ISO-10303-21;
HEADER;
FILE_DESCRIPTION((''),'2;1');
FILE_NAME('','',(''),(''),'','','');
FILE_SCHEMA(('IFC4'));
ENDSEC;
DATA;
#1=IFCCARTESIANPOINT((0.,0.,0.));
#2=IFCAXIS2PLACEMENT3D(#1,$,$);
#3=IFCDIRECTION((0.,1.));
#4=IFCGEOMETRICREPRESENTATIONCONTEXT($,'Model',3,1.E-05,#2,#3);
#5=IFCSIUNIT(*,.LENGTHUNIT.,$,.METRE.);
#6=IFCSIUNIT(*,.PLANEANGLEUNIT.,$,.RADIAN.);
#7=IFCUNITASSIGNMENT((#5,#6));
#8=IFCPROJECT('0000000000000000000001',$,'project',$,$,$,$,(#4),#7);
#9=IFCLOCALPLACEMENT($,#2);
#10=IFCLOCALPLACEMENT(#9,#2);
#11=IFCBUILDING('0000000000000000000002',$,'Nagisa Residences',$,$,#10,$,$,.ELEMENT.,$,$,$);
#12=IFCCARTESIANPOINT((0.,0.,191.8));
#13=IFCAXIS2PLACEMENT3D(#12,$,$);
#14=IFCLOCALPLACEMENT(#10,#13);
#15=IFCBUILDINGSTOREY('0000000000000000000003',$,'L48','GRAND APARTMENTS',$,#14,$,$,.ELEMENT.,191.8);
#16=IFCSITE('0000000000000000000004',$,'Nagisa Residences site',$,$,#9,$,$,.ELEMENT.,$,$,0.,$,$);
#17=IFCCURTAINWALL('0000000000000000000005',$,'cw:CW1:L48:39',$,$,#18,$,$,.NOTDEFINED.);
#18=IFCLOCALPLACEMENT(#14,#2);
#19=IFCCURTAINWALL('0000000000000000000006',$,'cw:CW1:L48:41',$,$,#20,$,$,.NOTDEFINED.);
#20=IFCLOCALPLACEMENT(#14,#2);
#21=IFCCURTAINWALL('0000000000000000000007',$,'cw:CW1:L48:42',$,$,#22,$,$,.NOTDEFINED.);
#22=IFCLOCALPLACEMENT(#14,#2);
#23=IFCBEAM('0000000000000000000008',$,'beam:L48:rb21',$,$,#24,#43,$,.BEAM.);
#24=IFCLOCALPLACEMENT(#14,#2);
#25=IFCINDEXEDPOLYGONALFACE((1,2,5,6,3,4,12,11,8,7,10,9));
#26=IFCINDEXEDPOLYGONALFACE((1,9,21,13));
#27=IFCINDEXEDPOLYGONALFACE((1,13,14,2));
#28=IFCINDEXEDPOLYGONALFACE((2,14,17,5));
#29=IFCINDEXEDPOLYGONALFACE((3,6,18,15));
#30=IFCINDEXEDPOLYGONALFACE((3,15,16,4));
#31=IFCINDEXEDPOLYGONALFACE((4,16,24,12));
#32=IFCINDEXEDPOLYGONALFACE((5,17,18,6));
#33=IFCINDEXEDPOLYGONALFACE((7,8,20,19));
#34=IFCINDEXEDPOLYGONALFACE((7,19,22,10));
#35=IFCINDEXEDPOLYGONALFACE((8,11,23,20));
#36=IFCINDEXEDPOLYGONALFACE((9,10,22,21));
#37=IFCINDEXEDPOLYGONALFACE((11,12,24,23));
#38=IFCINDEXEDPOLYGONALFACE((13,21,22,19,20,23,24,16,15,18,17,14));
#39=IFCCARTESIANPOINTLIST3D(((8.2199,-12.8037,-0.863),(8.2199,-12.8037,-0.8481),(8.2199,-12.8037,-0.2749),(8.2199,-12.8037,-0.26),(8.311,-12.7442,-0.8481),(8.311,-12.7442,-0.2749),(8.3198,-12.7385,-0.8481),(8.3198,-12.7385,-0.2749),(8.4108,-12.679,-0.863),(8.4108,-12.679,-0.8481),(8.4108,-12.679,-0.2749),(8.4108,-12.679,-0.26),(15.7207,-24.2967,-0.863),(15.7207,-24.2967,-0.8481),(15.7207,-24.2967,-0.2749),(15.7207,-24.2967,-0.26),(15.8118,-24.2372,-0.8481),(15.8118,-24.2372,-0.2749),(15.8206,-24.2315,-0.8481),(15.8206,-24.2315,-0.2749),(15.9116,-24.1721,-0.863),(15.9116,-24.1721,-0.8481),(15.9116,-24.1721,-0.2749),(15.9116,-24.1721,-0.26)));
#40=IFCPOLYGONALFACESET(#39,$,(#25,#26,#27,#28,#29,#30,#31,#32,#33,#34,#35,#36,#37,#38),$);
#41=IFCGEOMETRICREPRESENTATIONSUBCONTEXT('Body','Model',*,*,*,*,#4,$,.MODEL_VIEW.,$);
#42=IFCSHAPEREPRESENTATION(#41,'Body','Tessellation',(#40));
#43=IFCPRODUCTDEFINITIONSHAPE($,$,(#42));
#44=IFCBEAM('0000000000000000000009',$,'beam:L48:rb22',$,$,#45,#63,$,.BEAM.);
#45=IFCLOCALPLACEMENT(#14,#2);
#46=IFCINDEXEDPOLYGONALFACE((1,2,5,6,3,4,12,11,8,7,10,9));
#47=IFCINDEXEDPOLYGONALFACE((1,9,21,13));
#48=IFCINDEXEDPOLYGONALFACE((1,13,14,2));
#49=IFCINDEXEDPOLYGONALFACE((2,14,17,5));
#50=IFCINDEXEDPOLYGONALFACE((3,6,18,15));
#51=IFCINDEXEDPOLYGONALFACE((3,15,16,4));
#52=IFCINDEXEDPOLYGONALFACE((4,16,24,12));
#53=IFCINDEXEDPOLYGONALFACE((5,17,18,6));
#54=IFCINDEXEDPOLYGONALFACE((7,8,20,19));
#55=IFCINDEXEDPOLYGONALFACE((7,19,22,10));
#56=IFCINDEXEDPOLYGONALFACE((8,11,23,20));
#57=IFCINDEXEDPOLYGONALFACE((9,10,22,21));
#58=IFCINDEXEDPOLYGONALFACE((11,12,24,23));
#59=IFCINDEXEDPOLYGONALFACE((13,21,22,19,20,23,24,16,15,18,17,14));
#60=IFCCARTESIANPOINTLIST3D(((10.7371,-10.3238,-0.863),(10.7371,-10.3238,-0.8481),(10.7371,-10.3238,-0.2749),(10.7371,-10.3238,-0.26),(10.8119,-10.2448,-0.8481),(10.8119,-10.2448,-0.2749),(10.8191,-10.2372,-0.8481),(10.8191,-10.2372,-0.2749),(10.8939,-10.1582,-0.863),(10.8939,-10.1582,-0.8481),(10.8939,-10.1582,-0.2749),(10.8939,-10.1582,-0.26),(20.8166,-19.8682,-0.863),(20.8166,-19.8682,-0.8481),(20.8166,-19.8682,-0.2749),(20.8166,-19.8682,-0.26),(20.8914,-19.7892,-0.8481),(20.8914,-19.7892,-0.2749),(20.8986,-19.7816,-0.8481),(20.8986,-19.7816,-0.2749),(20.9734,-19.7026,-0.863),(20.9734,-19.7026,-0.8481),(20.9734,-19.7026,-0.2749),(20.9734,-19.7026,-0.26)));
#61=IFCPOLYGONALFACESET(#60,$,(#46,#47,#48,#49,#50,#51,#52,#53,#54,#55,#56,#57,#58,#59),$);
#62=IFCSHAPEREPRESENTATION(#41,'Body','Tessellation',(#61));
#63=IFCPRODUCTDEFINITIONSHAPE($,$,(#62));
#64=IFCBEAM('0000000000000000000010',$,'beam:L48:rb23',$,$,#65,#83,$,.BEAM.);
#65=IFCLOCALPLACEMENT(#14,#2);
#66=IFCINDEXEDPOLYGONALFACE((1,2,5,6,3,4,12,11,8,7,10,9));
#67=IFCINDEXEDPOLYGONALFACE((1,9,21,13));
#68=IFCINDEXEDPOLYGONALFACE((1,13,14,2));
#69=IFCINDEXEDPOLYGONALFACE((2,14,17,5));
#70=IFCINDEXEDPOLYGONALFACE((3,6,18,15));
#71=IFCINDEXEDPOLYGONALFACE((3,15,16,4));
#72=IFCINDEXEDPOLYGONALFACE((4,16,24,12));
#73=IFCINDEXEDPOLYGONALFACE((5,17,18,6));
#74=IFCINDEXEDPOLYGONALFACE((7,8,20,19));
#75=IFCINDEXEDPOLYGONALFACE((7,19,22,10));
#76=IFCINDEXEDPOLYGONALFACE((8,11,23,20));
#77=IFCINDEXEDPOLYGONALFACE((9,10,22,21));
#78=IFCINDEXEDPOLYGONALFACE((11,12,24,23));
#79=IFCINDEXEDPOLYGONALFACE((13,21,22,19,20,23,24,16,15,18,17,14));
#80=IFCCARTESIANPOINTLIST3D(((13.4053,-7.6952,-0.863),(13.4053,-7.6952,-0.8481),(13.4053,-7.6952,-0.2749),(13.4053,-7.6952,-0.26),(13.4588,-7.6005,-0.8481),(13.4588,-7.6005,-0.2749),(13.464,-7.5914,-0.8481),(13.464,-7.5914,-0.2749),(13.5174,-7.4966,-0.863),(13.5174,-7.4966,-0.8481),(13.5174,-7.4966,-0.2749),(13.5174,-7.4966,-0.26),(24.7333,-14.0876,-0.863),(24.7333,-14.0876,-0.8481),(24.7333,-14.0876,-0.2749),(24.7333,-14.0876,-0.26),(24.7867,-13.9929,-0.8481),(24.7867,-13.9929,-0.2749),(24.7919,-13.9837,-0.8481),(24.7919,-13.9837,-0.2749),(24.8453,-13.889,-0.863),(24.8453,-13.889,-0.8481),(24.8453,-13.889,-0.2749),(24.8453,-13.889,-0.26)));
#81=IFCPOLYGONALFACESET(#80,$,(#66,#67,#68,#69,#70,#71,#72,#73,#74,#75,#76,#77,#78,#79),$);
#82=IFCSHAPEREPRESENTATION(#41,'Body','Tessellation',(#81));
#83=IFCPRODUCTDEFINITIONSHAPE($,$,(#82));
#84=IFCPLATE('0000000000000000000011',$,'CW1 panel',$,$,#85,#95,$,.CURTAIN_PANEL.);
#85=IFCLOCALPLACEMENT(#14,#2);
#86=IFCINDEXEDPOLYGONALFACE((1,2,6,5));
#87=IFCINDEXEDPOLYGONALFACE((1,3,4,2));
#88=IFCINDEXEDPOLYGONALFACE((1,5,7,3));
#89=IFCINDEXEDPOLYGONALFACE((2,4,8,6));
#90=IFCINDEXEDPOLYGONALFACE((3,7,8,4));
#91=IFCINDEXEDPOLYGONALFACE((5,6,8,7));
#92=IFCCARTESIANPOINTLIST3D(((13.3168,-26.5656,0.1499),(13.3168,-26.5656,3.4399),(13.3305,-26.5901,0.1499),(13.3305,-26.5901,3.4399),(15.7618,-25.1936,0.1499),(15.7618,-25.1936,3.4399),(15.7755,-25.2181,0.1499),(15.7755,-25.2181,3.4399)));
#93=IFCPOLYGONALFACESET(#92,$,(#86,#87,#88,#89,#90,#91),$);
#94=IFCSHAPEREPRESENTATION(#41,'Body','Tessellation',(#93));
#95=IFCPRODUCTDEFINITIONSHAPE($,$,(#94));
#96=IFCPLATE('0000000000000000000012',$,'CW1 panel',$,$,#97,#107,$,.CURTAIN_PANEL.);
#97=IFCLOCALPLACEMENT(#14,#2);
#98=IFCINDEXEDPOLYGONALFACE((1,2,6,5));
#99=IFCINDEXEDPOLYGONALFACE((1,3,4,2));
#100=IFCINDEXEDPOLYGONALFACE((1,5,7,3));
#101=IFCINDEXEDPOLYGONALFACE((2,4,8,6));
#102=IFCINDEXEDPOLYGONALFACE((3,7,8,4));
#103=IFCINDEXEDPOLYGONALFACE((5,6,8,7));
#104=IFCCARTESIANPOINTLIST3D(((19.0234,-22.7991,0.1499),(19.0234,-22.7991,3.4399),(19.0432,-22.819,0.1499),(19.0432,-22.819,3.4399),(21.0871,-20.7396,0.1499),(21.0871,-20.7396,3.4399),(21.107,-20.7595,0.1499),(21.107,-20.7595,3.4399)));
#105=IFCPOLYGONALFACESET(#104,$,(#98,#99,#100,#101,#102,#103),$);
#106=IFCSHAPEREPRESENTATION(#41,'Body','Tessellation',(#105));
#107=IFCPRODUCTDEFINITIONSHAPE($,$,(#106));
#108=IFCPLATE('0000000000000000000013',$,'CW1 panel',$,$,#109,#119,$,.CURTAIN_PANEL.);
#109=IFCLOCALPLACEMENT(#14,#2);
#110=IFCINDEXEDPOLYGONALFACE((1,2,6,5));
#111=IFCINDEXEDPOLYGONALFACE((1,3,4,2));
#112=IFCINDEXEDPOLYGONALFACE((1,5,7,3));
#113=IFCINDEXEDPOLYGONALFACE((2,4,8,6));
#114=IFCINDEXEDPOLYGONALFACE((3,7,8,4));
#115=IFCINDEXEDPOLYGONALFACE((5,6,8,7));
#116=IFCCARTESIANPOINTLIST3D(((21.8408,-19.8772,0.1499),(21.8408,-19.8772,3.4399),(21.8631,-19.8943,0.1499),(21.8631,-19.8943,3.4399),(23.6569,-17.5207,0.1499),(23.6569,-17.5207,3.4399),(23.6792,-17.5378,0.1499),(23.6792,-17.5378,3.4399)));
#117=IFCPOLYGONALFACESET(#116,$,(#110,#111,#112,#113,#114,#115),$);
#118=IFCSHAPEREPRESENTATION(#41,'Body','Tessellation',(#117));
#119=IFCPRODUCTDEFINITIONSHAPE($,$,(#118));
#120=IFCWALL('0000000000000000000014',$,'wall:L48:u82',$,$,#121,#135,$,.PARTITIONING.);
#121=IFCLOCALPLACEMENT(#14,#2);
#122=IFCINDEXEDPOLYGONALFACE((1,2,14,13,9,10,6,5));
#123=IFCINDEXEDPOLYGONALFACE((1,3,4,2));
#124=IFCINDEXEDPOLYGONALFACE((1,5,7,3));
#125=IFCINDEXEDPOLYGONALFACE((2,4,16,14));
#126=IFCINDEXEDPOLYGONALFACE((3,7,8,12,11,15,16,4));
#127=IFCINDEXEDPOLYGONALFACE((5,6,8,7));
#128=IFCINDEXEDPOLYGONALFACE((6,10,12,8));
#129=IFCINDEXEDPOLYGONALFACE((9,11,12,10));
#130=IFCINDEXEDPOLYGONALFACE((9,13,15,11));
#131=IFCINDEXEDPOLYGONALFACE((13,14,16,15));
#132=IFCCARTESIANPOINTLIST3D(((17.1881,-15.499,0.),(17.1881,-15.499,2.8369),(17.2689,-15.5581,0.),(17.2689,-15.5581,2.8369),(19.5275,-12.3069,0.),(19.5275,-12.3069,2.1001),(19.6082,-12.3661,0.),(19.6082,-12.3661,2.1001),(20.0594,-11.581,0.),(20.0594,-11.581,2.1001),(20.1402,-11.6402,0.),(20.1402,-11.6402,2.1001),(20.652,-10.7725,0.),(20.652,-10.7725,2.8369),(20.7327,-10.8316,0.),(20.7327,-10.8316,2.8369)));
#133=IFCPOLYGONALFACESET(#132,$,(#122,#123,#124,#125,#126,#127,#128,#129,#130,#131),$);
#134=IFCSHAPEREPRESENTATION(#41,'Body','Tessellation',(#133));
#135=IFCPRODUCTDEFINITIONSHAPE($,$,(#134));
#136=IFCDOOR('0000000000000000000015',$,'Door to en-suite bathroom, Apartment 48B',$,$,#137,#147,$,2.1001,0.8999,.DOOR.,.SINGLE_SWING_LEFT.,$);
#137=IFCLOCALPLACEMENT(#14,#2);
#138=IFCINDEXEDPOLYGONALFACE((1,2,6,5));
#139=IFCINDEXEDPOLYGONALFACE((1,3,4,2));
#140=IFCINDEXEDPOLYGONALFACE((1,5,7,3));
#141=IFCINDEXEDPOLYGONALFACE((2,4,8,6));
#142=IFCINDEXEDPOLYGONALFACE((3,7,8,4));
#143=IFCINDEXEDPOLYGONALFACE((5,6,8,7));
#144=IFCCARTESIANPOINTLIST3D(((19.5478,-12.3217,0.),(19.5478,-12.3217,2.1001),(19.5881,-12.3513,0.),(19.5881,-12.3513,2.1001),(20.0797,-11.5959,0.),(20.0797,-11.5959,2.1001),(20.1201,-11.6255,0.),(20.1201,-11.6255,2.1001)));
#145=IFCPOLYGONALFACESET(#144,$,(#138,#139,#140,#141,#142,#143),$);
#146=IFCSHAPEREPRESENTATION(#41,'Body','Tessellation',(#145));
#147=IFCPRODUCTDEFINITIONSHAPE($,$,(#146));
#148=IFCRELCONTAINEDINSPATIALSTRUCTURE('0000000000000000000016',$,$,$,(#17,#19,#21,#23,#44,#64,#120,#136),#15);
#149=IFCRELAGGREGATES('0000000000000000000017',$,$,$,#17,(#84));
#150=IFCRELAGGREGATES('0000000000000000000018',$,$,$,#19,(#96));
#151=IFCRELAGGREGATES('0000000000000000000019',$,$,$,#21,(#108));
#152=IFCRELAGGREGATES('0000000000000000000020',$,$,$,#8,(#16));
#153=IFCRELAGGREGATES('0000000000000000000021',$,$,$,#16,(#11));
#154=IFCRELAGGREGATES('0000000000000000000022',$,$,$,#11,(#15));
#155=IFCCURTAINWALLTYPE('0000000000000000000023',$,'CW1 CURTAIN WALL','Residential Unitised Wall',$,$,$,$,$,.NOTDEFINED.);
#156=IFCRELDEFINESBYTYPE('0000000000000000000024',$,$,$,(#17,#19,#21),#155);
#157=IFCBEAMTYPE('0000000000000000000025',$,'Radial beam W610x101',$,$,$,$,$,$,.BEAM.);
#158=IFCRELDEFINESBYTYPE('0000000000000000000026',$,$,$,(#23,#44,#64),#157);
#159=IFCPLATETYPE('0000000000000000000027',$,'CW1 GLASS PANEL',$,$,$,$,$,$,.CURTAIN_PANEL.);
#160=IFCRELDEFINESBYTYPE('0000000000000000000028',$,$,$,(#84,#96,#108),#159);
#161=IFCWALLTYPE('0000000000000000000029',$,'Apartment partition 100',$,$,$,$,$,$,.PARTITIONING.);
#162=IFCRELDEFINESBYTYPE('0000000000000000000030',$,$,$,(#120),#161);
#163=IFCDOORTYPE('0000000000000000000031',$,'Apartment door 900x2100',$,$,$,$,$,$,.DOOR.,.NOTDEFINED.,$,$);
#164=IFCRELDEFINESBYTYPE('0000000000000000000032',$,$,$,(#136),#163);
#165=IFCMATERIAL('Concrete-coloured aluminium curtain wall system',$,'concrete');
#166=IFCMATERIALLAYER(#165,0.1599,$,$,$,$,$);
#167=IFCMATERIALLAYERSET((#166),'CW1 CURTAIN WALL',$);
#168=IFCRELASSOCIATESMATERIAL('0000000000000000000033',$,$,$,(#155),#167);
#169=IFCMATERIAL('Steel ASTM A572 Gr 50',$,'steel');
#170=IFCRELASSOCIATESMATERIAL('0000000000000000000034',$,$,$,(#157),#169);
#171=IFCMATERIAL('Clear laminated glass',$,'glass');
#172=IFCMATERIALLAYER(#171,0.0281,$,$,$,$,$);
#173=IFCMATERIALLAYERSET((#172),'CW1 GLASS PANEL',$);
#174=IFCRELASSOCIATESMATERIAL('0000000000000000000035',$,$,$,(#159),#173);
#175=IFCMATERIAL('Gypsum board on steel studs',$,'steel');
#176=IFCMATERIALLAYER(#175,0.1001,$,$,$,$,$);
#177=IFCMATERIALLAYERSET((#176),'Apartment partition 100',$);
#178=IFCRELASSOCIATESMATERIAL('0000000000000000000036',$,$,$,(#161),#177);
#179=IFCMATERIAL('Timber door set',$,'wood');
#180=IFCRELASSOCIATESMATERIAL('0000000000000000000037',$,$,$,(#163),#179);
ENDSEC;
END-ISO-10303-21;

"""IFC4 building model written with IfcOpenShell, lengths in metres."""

from ifc_helpers import new_model, si_unit, direction, frame, frame_2d, origin, origin_2d, place, context, subcontext, project, spatial, rectangle, i_section, extrude, material, layer, layer_set, material_profile, profile_set, type_object, element, fill, aggregate, save


model = new_model("IFC4")

# Units and contexts
model_context = context("Model", 3, precision=1e-05, world=origin(), true_north=direction((0.0, 1.0)))
body_context = subcontext(model_context, "Body", "Model", "MODEL_VIEW")
ifc_project = project(units=[si_unit("LENGTHUNIT", "METRE"), si_unit("PLANEANGLEUNIT", "RADIAN")], contexts=[model_context])

# Site, building, storey
site_placement = place(None, origin())
site = spatial("IfcSite", under=ifc_project, at=site_placement, Name="Nagisa Residences site", CompositionType="ELEMENT", RefElevation=0.0)
building_placement = place(site_placement, origin())
building = spatial("IfcBuilding", under=site, at=building_placement, Name="Nagisa Residences", CompositionType="ELEMENT")
storey_placement = place(building_placement, frame((0.0, 0.0, 191.8)))
storey = spatial("IfcBuildingStorey", under=building, at=storey_placement, Name="L48", Description="GRAND APARTMENTS", CompositionType="ELEMENT", Elevation=191.8)

# Curtain walls
ifc_material_1 = material(Name="Concrete-coloured aluminium curtain wall system", Category="concrete")
ifc_layer_1 = layer(ifc_material_1, 0.1599)
ifc_layer_set_1 = layer_set([ifc_layer_1], Name="CW1 CURTAIN WALL")
curtain_wall_type = type_object("IfcCurtainWallType", Name="CW1 CURTAIN WALL", Description="Residential Unitised Wall", PredefinedType="NOTDEFINED", material=ifc_layer_set_1)
curtain_wall_1_placement = place(storey_placement, origin())
curtain_wall_1 = element("IfcCurtainWall", 1, at=curtain_wall_1_placement, inside=storey, type_object=curtain_wall_type, Name="cw:CW1:L48:39", PredefinedType="NOTDEFINED")
curtain_wall_2_placement = place(storey_placement, origin())
curtain_wall_2 = element("IfcCurtainWall", 2, at=curtain_wall_2_placement, inside=storey, type_object=curtain_wall_type, Name="cw:CW1:L48:41", PredefinedType="NOTDEFINED")
curtain_wall_3_placement = place(storey_placement, origin())
curtain_wall_3 = element("IfcCurtainWall", 3, at=curtain_wall_3_placement, inside=storey, type_object=curtain_wall_type, Name="cw:CW1:L48:42", PredefinedType="NOTDEFINED")

# Beams
ifc_material_2 = material(Name="Steel ASTM A572 Gr 50", Category="steel")
ifc_material_profile_1 = material_profile(ifc_material_2, i_section(OverallWidth=0.228, OverallDepth=0.603, WebThickness=0.0105, FlangeThickness=0.0149, at=origin_2d()), Name="W610x101")
ifc_profile_set_1 = profile_set([ifc_material_profile_1], Name="Steel ASTM A572 Gr 50")
beam_type_1 = type_object("IfcBeamType", Name="Radial beam W610x101", PredefinedType="BEAM", material=ifc_profile_set_1)
beam_1_placement = place(storey_placement, frame((15.8162, -24.2344, -0.5615), z_axis=(-0.546541, 0.837432, 0.0), x_axis=(-0.837432, -0.546541, 0.0)))
element("IfcBeam", 4, at=beam_1_placement, inside=storey, type_object=beam_type_1, Name="beam:L48:rb21", PredefinedType="BEAM", context=body_context, shape_type="SweptSolid", body=[
    extrude(i_section(OverallWidth=0.228, OverallDepth=0.603, WebThickness=0.0105, FlangeThickness=0.0149, at=origin_2d()), origin(), (0.0, 0.0, 1.0), 13.7241),
])
beam_2_placement = place(storey_placement, frame((20.895, -19.7854, -0.5615), z_axis=(-0.72612, 0.687568, 0.0), x_axis=(-0.687568, -0.72612, 0.0)))
element("IfcBeam", 5, at=beam_2_placement, inside=storey, type_object=beam_type_1, Name="beam:L48:rb22", PredefinedType="BEAM", context=body_context, shape_type="SweptSolid", body=[
    extrude(i_section(OverallWidth=0.228, OverallDepth=0.603, WebThickness=0.0105, FlangeThickness=0.0149, at=origin_2d()), origin(), (0.0, 0.0, 1.0), 13.8813),
])
beam_3_placement = place(storey_placement, frame((24.7893, -13.9883, -0.5615), z_axis=(-0.870905, 0.491452, 0.0), x_axis=(-0.491452, -0.870905, 0.0)))
element("IfcBeam", 6, at=beam_3_placement, inside=storey, type_object=beam_type_1, Name="beam:L48:rb23", PredefinedType="BEAM", context=body_context, shape_type="SweptSolid", body=[
    extrude(i_section(OverallWidth=0.228, OverallDepth=0.603, WebThickness=0.0105, FlangeThickness=0.0149, at=origin_2d()), origin(), (0.0, 0.0, 1.0), 13.0071),
])

# Plates
ifc_material_3 = material(Name="Clear laminated glass", Category="glass")
ifc_layer_2 = layer(ifc_material_3, 0.0281)
ifc_layer_set_2 = layer_set([ifc_layer_2], Name="CW1 GLASS PANEL")
plate_type = type_object("IfcPlateType", Name="CW1 GLASS PANEL", PredefinedType="CURTAIN_PANEL", material=ifc_layer_set_2)
plate_1_placement = place(storey_placement, frame((14.5461, -25.8918, 0.1499), z_axis=(0.0, 0.0, 1.0), x_axis=(0.872072, 0.489377, 0.0)))
plate_1 = element("IfcPlate", 7, at=plate_1_placement, type_object=plate_type, Name="CW1 panel", PredefinedType="CURTAIN_PANEL", context=body_context, shape_type="SweptSolid", body=[
    extrude(rectangle(XDim=2.8037, YDim=0.0281, at=origin_2d()), origin(), (0.0, 0.0, 1.0), 3.29),
])
aggregate(curtain_wall_1, [plate_1])
plate_2_placement = place(storey_placement, frame((20.0652, -21.7793, 0.1499), z_axis=(0.0, 0.0, 1.0), x_axis=(0.707836, 0.706377, 0.0)))
plate_2 = element("IfcPlate", 8, at=plate_2_placement, type_object=plate_type, Name="CW1 panel", PredefinedType="CURTAIN_PANEL", context=body_context, shape_type="SweptSolid", body=[
    extrude(rectangle(XDim=2.9155, YDim=0.0281, at=origin_2d()), origin(), (0.0, 0.0, 1.0), 3.29),
])
aggregate(curtain_wall_2, [plate_2])
plate_3_placement = place(storey_placement, frame((22.76, -18.7075, 0.1499), z_axis=(0.0, 0.0, 1.0), x_axis=(0.61043, 0.79207, 0.0)))
plate_3 = element("IfcPlate", 9, at=plate_3_placement, type_object=plate_type, Name="CW1 panel", PredefinedType="CURTAIN_PANEL", context=body_context, shape_type="SweptSolid", body=[
    extrude(rectangle(XDim=2.9751, YDim=0.0281, at=origin_2d()), origin(), (0.0, 0.0, 1.0), 3.29),
])
aggregate(curtain_wall_3, [plate_3])

# Wall, opening, door
ifc_material_4 = material(Name="Gypsum board on steel studs", Category="steel")
ifc_layer_3 = layer(ifc_material_4, 0.1001)
ifc_layer_set_3 = layer_set([ifc_layer_3], Name="Apartment partition 100")
wall_type_1 = type_object("IfcWallType", Name="Apartment partition 100", PredefinedType="PARTITIONING", material=ifc_layer_set_3)
wall_1_placement = place(storey_placement, frame((17.2285, -15.5286, 0.0), z_axis=(0.0, 0.0, 1.0), x_axis=(0.591111, 0.80659, 0.0)))
wall_1 = element("IfcWall", 10, at=wall_1_placement, inside=storey, type_object=wall_type_1, Name="wall:L48:u82", PredefinedType="PARTITIONING", context=body_context, shape_type="SweptSolid", body=[
    extrude(rectangle(XDim=5.8599, YDim=0.1001, at=frame_2d((2.9299, 0.0))), origin(), (0.0, 0.0, 1.0), 2.8369),
])
opening_1_placement = place(wall_1_placement, frame((3.9575, 0.0, 0.0)))
opening_1 = element("IfcOpeningElement", 11, at=opening_1_placement, cuts=wall_1, PredefinedType="OPENING", context=body_context, shape_type="SweptSolid", body=[
    extrude(rectangle(XDim=0.8999, YDim=2.1001, at=frame_2d((0.45, 1.05))), frame((0.0, 0.0601, 0.0), z_axis=(0.0, -1.0, 0.0), x_axis=(1.0, 0.0, 0.0)), (0.0, 0.0, 1.0), 0.1201),
])
ifc_material_5 = material(Name="Timber door set", Category="wood")
door_type_1 = type_object("IfcDoorType", Name="Apartment door 900x2100", OperationType="NOTDEFINED", PredefinedType="DOOR", material=ifc_material_5)
door_1_placement = place(opening_1_placement, origin())
door_1 = element("IfcDoor", 12, at=door_1_placement, inside=storey, type_object=door_type_1, Name="Door to en-suite bathroom, Apartment 48B", OperationType="SINGLE_SWING_LEFT", OverallHeight=2.1001, OverallWidth=0.8999, PredefinedType="DOOR", context=body_context, shape_type="SweptSolid", body=[
    extrude(rectangle(XDim=0.8999, YDim=2.1001, at=frame_2d((0.45, 1.05))), frame((0.0, 0.0249, 0.0), z_axis=(0.0, -1.0, 0.0), x_axis=(1.0, 0.0, 0.0)), (0.0, 0.0, 1.0), 0.05),
])
fill(opening_1, door_1)

save(model, "model.ifc")
